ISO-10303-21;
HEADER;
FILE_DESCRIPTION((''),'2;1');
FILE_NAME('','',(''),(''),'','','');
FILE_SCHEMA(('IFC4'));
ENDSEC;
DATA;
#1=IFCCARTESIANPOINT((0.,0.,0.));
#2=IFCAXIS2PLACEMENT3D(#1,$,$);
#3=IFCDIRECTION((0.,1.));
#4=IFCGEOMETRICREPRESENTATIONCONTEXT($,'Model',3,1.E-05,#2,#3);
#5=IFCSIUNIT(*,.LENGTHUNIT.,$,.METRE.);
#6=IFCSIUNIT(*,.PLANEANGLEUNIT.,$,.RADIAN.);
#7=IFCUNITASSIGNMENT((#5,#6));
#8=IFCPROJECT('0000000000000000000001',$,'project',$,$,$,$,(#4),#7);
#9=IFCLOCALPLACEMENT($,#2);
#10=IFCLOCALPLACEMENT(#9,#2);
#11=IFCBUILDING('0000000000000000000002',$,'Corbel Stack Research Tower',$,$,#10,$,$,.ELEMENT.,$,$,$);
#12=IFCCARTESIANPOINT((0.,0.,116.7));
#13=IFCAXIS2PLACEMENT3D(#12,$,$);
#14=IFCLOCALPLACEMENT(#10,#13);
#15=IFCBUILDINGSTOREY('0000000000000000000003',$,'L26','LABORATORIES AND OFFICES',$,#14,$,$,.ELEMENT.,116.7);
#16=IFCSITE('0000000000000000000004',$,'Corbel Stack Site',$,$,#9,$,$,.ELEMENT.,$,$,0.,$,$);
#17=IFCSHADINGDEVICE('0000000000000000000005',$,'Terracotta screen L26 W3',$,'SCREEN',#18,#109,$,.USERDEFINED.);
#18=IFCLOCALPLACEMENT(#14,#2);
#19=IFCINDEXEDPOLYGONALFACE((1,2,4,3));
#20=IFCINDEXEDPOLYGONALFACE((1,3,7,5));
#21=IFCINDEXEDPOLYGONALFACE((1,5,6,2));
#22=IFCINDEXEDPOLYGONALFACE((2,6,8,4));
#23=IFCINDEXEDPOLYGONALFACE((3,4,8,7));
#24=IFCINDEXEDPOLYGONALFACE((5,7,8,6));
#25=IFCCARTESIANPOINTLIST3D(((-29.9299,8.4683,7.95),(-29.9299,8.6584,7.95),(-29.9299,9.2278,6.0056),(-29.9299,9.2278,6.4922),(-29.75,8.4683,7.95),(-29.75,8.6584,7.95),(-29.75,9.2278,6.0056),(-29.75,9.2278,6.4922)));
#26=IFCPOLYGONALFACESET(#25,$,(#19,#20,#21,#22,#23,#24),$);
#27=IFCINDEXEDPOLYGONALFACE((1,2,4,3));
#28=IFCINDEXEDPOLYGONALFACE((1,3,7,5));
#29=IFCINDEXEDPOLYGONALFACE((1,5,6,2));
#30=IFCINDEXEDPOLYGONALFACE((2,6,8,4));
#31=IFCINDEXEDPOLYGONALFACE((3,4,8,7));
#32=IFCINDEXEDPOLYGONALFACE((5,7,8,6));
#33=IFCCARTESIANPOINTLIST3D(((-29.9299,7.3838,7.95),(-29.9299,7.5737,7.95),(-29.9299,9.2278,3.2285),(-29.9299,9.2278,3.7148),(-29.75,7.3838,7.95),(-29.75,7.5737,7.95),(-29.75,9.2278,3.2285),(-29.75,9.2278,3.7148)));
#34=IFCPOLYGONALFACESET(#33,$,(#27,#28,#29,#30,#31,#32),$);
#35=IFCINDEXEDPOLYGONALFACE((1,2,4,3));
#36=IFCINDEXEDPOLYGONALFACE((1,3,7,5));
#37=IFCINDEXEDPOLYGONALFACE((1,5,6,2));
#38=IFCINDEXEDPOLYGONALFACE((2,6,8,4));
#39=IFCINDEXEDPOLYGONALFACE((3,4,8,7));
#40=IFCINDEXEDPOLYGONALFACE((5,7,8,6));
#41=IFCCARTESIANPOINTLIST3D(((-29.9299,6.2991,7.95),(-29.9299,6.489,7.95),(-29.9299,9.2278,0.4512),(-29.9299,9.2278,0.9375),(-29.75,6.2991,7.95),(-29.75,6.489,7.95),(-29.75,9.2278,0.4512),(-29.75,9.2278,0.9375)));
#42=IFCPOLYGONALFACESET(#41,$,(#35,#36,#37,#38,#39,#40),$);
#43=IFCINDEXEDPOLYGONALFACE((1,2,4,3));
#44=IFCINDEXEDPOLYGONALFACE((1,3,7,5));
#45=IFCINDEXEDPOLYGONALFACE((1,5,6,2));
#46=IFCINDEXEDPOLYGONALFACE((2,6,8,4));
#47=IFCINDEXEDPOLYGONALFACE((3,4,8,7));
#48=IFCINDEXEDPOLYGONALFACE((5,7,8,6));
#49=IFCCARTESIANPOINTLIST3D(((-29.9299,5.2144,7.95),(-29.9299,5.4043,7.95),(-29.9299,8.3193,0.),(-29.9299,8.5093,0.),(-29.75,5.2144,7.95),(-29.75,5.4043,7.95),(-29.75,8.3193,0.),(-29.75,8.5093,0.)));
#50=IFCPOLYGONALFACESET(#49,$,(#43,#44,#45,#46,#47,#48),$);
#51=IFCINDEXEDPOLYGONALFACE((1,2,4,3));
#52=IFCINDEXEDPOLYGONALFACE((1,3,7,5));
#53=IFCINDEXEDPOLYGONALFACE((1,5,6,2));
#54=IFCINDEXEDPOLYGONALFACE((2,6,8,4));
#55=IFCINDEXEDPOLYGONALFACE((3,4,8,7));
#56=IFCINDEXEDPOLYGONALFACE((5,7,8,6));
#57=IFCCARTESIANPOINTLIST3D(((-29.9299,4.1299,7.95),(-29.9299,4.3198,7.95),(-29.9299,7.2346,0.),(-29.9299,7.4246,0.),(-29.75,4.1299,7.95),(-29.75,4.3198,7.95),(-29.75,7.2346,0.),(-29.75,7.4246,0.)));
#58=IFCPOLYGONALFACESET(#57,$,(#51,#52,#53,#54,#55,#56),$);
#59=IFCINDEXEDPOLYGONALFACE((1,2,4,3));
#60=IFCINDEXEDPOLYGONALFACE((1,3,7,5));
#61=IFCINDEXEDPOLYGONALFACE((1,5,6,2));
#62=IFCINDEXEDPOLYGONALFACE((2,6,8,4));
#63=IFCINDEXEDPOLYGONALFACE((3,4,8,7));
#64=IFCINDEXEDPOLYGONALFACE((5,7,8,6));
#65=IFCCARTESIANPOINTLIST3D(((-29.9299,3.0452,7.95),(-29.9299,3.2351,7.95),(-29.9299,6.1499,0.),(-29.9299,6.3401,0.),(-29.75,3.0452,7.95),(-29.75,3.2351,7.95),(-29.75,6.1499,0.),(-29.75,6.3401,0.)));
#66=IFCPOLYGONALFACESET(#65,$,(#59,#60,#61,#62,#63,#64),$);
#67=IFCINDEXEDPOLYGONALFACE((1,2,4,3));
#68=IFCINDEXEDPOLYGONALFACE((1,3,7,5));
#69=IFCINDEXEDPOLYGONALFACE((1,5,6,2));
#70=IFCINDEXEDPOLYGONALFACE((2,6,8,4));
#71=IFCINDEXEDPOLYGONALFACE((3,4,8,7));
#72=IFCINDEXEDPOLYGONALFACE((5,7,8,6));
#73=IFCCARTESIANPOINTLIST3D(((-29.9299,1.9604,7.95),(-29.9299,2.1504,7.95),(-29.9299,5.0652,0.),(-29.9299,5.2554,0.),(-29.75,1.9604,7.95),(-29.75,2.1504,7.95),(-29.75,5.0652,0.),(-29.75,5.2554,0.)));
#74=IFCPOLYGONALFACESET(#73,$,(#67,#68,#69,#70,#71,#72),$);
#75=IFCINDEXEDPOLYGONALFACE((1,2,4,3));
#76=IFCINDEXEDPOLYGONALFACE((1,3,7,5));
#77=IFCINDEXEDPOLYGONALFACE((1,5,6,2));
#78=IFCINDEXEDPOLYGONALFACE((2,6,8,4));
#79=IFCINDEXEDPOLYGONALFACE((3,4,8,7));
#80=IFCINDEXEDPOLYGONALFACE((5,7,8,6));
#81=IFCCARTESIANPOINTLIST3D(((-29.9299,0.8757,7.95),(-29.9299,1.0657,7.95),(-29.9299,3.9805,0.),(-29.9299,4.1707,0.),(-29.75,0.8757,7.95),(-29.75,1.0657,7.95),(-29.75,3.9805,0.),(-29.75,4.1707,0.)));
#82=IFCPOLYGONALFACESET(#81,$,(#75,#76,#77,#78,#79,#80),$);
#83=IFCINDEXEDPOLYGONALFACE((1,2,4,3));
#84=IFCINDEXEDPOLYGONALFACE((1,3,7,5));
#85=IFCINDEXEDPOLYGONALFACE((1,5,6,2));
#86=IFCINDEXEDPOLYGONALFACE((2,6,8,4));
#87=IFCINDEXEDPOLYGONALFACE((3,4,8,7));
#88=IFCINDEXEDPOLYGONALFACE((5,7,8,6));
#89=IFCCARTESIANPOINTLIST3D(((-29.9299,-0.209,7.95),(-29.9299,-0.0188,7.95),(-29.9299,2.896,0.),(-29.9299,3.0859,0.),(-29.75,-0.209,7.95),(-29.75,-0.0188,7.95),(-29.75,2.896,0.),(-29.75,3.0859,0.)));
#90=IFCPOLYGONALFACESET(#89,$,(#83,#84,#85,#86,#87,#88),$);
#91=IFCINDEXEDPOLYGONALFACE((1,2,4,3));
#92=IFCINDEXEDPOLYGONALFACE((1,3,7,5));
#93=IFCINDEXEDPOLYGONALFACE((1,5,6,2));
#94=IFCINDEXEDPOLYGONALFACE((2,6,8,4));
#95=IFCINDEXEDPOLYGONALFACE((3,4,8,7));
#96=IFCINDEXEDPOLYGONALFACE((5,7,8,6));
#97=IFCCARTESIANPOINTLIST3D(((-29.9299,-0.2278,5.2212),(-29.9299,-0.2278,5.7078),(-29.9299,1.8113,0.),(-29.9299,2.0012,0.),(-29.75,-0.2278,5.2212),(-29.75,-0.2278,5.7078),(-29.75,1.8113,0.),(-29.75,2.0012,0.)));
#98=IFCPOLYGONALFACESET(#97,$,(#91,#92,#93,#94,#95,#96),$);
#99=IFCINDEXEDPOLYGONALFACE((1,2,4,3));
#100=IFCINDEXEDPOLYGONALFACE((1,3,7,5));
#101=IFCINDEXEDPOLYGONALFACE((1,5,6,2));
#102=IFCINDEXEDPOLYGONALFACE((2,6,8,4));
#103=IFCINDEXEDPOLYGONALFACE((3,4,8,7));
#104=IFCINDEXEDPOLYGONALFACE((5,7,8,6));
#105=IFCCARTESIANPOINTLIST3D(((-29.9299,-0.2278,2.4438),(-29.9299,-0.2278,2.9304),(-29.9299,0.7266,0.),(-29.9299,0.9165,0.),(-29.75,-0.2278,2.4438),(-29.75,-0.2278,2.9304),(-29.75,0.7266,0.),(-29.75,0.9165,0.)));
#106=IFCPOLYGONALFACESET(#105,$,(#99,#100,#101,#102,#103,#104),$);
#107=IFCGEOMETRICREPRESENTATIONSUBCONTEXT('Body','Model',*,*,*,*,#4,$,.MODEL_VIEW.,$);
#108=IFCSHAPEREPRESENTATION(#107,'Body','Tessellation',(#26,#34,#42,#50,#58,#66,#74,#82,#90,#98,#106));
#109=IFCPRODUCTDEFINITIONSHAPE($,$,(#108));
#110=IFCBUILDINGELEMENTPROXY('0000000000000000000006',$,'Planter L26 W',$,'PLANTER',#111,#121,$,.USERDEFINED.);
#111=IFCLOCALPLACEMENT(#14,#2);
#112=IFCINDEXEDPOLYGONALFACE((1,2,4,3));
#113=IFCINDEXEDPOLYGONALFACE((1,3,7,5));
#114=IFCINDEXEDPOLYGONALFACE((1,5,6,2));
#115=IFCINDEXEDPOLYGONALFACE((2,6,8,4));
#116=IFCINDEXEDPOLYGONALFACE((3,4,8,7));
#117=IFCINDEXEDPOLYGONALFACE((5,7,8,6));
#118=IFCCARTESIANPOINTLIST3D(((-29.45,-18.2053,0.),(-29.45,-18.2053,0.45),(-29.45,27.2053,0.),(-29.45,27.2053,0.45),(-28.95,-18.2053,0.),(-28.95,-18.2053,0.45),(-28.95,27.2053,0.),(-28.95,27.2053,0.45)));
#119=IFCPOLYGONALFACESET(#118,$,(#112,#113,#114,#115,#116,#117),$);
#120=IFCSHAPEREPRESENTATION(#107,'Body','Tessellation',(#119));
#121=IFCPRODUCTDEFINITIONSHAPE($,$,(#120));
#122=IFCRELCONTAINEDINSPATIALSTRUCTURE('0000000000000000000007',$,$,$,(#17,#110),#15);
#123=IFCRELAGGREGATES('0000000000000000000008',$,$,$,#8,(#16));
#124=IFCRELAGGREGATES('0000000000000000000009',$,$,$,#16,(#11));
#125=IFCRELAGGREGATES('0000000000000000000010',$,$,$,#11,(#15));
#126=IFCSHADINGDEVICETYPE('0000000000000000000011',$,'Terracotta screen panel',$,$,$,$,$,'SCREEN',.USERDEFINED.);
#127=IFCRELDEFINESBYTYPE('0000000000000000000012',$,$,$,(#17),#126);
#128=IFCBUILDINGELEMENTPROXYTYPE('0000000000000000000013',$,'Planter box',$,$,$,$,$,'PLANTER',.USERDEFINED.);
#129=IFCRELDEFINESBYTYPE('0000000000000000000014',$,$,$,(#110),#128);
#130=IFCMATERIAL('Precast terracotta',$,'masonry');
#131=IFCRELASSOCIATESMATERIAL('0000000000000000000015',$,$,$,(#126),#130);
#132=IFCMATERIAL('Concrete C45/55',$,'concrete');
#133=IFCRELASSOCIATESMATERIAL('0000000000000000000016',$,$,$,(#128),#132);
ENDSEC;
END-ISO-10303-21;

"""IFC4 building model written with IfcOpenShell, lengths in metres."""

from ifc_helpers import new_model, si_unit, direction, frame, origin, origin_2d, place, context, subcontext, project, spatial, polyline, rectangle, outline, extrude, source, transform, mapped, material, type_object, element, save


model = new_model("IFC4")

# Units and contexts
model_context = context("Model", 3, precision=1e-05, world=origin(), true_north=direction((0.0, 1.0)))
body_context = subcontext(model_context, "Body", "Model", "MODEL_VIEW")
ifc_project = project(units=[si_unit("LENGTHUNIT", "METRE"), si_unit("PLANEANGLEUNIT", "RADIAN")], contexts=[model_context])

# Site, building, storey
site_placement = place(None, origin())
site = spatial("IfcSite", under=ifc_project, at=site_placement, Name="Corbel Stack Site", CompositionType="ELEMENT", RefElevation=0.0)
building_placement = place(site_placement, origin())
building = spatial("IfcBuilding", under=site, at=building_placement, Name="Corbel Stack Research Tower", CompositionType="ELEMENT")
storey_placement = place(building_placement, frame((0.0, 0.0, 116.7)))
storey = spatial("IfcBuildingStorey", under=building, at=storey_placement, Name="L26", Description="LABORATORIES AND OFFICES", CompositionType="ELEMENT", Elevation=116.7)

# Shading device
ifc_material_1 = material(Name="Precast terracotta", Category="masonry")
shading_device_type = type_object("IfcShadingDeviceType", Name="Terracotta screen panel", ElementType="SCREEN", PredefinedType="USERDEFINED", material=ifc_material_1)
shared_shape = source(origin(), body_context, "Body", "SweptSolid", [
    extrude(outline(polyline([(0.7595, 7.95), (0.5693, 7.95), (0.0, 6.4922), (0.0, 6.0056), (0.7595, 7.95)])), frame((0.0, 0.0, 0.0), z_axis=(0.0, -1.0, 0.0), x_axis=(1.0, 0.0, 0.0)), (0.0, 0.0, 1.0), 0.1799),
    extrude(outline(polyline([(1.844, 7.95), (1.6541, 7.95), (0.0, 3.7148), (0.0, 3.2285), (1.844, 7.95)])), frame((0.0, 0.0, 0.0), z_axis=(0.0, -1.0, 0.0), x_axis=(1.0, 0.0, 0.0)), (0.0, 0.0, 1.0), 0.1799),
    extrude(outline(polyline([(2.9287, 7.95), (2.7388, 7.95), (0.0, 0.9375), (0.0, 0.4512), (2.9287, 7.95)])), frame((0.0, 0.0, 0.0), z_axis=(0.0, -1.0, 0.0), x_axis=(1.0, 0.0, 0.0)), (0.0, 0.0, 1.0), 0.1799),
    extrude(outline(polyline([(0.9084, 0.0), (4.0134, 7.95), (3.8235, 7.95), (0.7185, 0.0), (0.9084, 0.0)])), frame((0.0, 0.0, 0.0), z_axis=(0.0, -1.0, 0.0), x_axis=(1.0, 0.0, 0.0)), (0.0, 0.0, 1.0), 0.1799),
    extrude(outline(polyline([(1.9932, 0.0), (5.0979, 7.95), (4.908, 7.95), (1.8032, 0.0), (1.9932, 0.0)])), frame((0.0, 0.0, 0.0), z_axis=(0.0, -1.0, 0.0), x_axis=(1.0, 0.0, 0.0)), (0.0, 0.0, 1.0), 0.1799),
    extrude(outline(polyline([(3.0779, 0.0), (6.1826, 7.95), (5.9927, 7.95), (2.8877, 0.0), (3.0779, 0.0)])), frame((0.0, 0.0, 0.0), z_axis=(0.0, -1.0, 0.0), x_axis=(1.0, 0.0, 0.0)), (0.0, 0.0, 1.0), 0.1799),
    extrude(outline(polyline([(4.1626, 0.0), (7.2673, 7.95), (7.0774, 7.95), (3.9724, 0.0), (4.1626, 0.0)])), frame((0.0, 0.0, 0.0), z_axis=(0.0, -1.0, 0.0), x_axis=(1.0, 0.0, 0.0)), (0.0, 0.0, 1.0), 0.1799),
    extrude(outline(polyline([(5.2473, 0.0), (8.3521, 7.95), (8.1621, 7.95), (5.0571, 0.0), (5.2473, 0.0)])), frame((0.0, 0.0, 0.0), z_axis=(0.0, -1.0, 0.0), x_axis=(1.0, 0.0, 0.0)), (0.0, 0.0, 1.0), 0.1799),
    extrude(outline(polyline([(6.3318, 0.0), (9.4368, 7.95), (9.2466, 7.95), (6.1418, 0.0), (6.3318, 0.0)])), frame((0.0, 0.0, 0.0), z_axis=(0.0, -1.0, 0.0), x_axis=(1.0, 0.0, 0.0)), (0.0, 0.0, 1.0), 0.1799),
    extrude(outline(polyline([(7.4165, 0.0), (9.4556, 5.2212), (9.4556, 5.7078), (7.2266, 0.0), (7.4165, 0.0)])), frame((0.0, 0.0, 0.0), z_axis=(0.0, -1.0, 0.0), x_axis=(1.0, 0.0, 0.0)), (0.0, 0.0, 1.0), 0.1799),
    extrude(outline(polyline([(8.5012, 0.0), (9.4556, 2.4438), (9.4556, 2.9304), (8.3113, 0.0), (8.5012, 0.0)])), frame((0.0, 0.0, 0.0), z_axis=(0.0, -1.0, 0.0), x_axis=(1.0, 0.0, 0.0)), (0.0, 0.0, 1.0), 0.1799),
])
shading_device_placement = place(storey_placement, frame((-29.75, 9.2278, 0.0), z_axis=(0.0, 0.0, 1.0), x_axis=(0.0, -1.0, 0.0)))
element("IfcShadingDevice", 1, at=shading_device_placement, inside=storey, type_object=shading_device_type, Name="Terracotta screen L26 W3", ObjectType="SCREEN", PredefinedType="USERDEFINED", context=body_context, shape_type="MappedRepresentation", body=[
    mapped(shared_shape, transform((0.0, 0.0, 0.0))),
])

# Building element proxy
ifc_material_2 = material(Name="Concrete C45/55", Category="concrete")
building_element_proxy_type = type_object("IfcBuildingElementProxyType", Name="Planter box", ElementType="PLANTER", PredefinedType="USERDEFINED", material=ifc_material_2)
proxy_placement = place(storey_placement, frame((-29.2, 4.5, 0.0), z_axis=(0.0, 0.0, 1.0), x_axis=(0.0, -1.0, 0.0)))
element("IfcBuildingElementProxy", 2, at=proxy_placement, inside=storey, type_object=building_element_proxy_type, Name="Planter L26 W", ObjectType="PLANTER", PredefinedType="USERDEFINED", context=body_context, shape_type="SweptSolid", body=[
    extrude(rectangle(XDim=45.4106, YDim=0.5, at=origin_2d()), origin(), (0.0, 0.0, 1.0), 0.45),
])

save(model, "model.ifc")
